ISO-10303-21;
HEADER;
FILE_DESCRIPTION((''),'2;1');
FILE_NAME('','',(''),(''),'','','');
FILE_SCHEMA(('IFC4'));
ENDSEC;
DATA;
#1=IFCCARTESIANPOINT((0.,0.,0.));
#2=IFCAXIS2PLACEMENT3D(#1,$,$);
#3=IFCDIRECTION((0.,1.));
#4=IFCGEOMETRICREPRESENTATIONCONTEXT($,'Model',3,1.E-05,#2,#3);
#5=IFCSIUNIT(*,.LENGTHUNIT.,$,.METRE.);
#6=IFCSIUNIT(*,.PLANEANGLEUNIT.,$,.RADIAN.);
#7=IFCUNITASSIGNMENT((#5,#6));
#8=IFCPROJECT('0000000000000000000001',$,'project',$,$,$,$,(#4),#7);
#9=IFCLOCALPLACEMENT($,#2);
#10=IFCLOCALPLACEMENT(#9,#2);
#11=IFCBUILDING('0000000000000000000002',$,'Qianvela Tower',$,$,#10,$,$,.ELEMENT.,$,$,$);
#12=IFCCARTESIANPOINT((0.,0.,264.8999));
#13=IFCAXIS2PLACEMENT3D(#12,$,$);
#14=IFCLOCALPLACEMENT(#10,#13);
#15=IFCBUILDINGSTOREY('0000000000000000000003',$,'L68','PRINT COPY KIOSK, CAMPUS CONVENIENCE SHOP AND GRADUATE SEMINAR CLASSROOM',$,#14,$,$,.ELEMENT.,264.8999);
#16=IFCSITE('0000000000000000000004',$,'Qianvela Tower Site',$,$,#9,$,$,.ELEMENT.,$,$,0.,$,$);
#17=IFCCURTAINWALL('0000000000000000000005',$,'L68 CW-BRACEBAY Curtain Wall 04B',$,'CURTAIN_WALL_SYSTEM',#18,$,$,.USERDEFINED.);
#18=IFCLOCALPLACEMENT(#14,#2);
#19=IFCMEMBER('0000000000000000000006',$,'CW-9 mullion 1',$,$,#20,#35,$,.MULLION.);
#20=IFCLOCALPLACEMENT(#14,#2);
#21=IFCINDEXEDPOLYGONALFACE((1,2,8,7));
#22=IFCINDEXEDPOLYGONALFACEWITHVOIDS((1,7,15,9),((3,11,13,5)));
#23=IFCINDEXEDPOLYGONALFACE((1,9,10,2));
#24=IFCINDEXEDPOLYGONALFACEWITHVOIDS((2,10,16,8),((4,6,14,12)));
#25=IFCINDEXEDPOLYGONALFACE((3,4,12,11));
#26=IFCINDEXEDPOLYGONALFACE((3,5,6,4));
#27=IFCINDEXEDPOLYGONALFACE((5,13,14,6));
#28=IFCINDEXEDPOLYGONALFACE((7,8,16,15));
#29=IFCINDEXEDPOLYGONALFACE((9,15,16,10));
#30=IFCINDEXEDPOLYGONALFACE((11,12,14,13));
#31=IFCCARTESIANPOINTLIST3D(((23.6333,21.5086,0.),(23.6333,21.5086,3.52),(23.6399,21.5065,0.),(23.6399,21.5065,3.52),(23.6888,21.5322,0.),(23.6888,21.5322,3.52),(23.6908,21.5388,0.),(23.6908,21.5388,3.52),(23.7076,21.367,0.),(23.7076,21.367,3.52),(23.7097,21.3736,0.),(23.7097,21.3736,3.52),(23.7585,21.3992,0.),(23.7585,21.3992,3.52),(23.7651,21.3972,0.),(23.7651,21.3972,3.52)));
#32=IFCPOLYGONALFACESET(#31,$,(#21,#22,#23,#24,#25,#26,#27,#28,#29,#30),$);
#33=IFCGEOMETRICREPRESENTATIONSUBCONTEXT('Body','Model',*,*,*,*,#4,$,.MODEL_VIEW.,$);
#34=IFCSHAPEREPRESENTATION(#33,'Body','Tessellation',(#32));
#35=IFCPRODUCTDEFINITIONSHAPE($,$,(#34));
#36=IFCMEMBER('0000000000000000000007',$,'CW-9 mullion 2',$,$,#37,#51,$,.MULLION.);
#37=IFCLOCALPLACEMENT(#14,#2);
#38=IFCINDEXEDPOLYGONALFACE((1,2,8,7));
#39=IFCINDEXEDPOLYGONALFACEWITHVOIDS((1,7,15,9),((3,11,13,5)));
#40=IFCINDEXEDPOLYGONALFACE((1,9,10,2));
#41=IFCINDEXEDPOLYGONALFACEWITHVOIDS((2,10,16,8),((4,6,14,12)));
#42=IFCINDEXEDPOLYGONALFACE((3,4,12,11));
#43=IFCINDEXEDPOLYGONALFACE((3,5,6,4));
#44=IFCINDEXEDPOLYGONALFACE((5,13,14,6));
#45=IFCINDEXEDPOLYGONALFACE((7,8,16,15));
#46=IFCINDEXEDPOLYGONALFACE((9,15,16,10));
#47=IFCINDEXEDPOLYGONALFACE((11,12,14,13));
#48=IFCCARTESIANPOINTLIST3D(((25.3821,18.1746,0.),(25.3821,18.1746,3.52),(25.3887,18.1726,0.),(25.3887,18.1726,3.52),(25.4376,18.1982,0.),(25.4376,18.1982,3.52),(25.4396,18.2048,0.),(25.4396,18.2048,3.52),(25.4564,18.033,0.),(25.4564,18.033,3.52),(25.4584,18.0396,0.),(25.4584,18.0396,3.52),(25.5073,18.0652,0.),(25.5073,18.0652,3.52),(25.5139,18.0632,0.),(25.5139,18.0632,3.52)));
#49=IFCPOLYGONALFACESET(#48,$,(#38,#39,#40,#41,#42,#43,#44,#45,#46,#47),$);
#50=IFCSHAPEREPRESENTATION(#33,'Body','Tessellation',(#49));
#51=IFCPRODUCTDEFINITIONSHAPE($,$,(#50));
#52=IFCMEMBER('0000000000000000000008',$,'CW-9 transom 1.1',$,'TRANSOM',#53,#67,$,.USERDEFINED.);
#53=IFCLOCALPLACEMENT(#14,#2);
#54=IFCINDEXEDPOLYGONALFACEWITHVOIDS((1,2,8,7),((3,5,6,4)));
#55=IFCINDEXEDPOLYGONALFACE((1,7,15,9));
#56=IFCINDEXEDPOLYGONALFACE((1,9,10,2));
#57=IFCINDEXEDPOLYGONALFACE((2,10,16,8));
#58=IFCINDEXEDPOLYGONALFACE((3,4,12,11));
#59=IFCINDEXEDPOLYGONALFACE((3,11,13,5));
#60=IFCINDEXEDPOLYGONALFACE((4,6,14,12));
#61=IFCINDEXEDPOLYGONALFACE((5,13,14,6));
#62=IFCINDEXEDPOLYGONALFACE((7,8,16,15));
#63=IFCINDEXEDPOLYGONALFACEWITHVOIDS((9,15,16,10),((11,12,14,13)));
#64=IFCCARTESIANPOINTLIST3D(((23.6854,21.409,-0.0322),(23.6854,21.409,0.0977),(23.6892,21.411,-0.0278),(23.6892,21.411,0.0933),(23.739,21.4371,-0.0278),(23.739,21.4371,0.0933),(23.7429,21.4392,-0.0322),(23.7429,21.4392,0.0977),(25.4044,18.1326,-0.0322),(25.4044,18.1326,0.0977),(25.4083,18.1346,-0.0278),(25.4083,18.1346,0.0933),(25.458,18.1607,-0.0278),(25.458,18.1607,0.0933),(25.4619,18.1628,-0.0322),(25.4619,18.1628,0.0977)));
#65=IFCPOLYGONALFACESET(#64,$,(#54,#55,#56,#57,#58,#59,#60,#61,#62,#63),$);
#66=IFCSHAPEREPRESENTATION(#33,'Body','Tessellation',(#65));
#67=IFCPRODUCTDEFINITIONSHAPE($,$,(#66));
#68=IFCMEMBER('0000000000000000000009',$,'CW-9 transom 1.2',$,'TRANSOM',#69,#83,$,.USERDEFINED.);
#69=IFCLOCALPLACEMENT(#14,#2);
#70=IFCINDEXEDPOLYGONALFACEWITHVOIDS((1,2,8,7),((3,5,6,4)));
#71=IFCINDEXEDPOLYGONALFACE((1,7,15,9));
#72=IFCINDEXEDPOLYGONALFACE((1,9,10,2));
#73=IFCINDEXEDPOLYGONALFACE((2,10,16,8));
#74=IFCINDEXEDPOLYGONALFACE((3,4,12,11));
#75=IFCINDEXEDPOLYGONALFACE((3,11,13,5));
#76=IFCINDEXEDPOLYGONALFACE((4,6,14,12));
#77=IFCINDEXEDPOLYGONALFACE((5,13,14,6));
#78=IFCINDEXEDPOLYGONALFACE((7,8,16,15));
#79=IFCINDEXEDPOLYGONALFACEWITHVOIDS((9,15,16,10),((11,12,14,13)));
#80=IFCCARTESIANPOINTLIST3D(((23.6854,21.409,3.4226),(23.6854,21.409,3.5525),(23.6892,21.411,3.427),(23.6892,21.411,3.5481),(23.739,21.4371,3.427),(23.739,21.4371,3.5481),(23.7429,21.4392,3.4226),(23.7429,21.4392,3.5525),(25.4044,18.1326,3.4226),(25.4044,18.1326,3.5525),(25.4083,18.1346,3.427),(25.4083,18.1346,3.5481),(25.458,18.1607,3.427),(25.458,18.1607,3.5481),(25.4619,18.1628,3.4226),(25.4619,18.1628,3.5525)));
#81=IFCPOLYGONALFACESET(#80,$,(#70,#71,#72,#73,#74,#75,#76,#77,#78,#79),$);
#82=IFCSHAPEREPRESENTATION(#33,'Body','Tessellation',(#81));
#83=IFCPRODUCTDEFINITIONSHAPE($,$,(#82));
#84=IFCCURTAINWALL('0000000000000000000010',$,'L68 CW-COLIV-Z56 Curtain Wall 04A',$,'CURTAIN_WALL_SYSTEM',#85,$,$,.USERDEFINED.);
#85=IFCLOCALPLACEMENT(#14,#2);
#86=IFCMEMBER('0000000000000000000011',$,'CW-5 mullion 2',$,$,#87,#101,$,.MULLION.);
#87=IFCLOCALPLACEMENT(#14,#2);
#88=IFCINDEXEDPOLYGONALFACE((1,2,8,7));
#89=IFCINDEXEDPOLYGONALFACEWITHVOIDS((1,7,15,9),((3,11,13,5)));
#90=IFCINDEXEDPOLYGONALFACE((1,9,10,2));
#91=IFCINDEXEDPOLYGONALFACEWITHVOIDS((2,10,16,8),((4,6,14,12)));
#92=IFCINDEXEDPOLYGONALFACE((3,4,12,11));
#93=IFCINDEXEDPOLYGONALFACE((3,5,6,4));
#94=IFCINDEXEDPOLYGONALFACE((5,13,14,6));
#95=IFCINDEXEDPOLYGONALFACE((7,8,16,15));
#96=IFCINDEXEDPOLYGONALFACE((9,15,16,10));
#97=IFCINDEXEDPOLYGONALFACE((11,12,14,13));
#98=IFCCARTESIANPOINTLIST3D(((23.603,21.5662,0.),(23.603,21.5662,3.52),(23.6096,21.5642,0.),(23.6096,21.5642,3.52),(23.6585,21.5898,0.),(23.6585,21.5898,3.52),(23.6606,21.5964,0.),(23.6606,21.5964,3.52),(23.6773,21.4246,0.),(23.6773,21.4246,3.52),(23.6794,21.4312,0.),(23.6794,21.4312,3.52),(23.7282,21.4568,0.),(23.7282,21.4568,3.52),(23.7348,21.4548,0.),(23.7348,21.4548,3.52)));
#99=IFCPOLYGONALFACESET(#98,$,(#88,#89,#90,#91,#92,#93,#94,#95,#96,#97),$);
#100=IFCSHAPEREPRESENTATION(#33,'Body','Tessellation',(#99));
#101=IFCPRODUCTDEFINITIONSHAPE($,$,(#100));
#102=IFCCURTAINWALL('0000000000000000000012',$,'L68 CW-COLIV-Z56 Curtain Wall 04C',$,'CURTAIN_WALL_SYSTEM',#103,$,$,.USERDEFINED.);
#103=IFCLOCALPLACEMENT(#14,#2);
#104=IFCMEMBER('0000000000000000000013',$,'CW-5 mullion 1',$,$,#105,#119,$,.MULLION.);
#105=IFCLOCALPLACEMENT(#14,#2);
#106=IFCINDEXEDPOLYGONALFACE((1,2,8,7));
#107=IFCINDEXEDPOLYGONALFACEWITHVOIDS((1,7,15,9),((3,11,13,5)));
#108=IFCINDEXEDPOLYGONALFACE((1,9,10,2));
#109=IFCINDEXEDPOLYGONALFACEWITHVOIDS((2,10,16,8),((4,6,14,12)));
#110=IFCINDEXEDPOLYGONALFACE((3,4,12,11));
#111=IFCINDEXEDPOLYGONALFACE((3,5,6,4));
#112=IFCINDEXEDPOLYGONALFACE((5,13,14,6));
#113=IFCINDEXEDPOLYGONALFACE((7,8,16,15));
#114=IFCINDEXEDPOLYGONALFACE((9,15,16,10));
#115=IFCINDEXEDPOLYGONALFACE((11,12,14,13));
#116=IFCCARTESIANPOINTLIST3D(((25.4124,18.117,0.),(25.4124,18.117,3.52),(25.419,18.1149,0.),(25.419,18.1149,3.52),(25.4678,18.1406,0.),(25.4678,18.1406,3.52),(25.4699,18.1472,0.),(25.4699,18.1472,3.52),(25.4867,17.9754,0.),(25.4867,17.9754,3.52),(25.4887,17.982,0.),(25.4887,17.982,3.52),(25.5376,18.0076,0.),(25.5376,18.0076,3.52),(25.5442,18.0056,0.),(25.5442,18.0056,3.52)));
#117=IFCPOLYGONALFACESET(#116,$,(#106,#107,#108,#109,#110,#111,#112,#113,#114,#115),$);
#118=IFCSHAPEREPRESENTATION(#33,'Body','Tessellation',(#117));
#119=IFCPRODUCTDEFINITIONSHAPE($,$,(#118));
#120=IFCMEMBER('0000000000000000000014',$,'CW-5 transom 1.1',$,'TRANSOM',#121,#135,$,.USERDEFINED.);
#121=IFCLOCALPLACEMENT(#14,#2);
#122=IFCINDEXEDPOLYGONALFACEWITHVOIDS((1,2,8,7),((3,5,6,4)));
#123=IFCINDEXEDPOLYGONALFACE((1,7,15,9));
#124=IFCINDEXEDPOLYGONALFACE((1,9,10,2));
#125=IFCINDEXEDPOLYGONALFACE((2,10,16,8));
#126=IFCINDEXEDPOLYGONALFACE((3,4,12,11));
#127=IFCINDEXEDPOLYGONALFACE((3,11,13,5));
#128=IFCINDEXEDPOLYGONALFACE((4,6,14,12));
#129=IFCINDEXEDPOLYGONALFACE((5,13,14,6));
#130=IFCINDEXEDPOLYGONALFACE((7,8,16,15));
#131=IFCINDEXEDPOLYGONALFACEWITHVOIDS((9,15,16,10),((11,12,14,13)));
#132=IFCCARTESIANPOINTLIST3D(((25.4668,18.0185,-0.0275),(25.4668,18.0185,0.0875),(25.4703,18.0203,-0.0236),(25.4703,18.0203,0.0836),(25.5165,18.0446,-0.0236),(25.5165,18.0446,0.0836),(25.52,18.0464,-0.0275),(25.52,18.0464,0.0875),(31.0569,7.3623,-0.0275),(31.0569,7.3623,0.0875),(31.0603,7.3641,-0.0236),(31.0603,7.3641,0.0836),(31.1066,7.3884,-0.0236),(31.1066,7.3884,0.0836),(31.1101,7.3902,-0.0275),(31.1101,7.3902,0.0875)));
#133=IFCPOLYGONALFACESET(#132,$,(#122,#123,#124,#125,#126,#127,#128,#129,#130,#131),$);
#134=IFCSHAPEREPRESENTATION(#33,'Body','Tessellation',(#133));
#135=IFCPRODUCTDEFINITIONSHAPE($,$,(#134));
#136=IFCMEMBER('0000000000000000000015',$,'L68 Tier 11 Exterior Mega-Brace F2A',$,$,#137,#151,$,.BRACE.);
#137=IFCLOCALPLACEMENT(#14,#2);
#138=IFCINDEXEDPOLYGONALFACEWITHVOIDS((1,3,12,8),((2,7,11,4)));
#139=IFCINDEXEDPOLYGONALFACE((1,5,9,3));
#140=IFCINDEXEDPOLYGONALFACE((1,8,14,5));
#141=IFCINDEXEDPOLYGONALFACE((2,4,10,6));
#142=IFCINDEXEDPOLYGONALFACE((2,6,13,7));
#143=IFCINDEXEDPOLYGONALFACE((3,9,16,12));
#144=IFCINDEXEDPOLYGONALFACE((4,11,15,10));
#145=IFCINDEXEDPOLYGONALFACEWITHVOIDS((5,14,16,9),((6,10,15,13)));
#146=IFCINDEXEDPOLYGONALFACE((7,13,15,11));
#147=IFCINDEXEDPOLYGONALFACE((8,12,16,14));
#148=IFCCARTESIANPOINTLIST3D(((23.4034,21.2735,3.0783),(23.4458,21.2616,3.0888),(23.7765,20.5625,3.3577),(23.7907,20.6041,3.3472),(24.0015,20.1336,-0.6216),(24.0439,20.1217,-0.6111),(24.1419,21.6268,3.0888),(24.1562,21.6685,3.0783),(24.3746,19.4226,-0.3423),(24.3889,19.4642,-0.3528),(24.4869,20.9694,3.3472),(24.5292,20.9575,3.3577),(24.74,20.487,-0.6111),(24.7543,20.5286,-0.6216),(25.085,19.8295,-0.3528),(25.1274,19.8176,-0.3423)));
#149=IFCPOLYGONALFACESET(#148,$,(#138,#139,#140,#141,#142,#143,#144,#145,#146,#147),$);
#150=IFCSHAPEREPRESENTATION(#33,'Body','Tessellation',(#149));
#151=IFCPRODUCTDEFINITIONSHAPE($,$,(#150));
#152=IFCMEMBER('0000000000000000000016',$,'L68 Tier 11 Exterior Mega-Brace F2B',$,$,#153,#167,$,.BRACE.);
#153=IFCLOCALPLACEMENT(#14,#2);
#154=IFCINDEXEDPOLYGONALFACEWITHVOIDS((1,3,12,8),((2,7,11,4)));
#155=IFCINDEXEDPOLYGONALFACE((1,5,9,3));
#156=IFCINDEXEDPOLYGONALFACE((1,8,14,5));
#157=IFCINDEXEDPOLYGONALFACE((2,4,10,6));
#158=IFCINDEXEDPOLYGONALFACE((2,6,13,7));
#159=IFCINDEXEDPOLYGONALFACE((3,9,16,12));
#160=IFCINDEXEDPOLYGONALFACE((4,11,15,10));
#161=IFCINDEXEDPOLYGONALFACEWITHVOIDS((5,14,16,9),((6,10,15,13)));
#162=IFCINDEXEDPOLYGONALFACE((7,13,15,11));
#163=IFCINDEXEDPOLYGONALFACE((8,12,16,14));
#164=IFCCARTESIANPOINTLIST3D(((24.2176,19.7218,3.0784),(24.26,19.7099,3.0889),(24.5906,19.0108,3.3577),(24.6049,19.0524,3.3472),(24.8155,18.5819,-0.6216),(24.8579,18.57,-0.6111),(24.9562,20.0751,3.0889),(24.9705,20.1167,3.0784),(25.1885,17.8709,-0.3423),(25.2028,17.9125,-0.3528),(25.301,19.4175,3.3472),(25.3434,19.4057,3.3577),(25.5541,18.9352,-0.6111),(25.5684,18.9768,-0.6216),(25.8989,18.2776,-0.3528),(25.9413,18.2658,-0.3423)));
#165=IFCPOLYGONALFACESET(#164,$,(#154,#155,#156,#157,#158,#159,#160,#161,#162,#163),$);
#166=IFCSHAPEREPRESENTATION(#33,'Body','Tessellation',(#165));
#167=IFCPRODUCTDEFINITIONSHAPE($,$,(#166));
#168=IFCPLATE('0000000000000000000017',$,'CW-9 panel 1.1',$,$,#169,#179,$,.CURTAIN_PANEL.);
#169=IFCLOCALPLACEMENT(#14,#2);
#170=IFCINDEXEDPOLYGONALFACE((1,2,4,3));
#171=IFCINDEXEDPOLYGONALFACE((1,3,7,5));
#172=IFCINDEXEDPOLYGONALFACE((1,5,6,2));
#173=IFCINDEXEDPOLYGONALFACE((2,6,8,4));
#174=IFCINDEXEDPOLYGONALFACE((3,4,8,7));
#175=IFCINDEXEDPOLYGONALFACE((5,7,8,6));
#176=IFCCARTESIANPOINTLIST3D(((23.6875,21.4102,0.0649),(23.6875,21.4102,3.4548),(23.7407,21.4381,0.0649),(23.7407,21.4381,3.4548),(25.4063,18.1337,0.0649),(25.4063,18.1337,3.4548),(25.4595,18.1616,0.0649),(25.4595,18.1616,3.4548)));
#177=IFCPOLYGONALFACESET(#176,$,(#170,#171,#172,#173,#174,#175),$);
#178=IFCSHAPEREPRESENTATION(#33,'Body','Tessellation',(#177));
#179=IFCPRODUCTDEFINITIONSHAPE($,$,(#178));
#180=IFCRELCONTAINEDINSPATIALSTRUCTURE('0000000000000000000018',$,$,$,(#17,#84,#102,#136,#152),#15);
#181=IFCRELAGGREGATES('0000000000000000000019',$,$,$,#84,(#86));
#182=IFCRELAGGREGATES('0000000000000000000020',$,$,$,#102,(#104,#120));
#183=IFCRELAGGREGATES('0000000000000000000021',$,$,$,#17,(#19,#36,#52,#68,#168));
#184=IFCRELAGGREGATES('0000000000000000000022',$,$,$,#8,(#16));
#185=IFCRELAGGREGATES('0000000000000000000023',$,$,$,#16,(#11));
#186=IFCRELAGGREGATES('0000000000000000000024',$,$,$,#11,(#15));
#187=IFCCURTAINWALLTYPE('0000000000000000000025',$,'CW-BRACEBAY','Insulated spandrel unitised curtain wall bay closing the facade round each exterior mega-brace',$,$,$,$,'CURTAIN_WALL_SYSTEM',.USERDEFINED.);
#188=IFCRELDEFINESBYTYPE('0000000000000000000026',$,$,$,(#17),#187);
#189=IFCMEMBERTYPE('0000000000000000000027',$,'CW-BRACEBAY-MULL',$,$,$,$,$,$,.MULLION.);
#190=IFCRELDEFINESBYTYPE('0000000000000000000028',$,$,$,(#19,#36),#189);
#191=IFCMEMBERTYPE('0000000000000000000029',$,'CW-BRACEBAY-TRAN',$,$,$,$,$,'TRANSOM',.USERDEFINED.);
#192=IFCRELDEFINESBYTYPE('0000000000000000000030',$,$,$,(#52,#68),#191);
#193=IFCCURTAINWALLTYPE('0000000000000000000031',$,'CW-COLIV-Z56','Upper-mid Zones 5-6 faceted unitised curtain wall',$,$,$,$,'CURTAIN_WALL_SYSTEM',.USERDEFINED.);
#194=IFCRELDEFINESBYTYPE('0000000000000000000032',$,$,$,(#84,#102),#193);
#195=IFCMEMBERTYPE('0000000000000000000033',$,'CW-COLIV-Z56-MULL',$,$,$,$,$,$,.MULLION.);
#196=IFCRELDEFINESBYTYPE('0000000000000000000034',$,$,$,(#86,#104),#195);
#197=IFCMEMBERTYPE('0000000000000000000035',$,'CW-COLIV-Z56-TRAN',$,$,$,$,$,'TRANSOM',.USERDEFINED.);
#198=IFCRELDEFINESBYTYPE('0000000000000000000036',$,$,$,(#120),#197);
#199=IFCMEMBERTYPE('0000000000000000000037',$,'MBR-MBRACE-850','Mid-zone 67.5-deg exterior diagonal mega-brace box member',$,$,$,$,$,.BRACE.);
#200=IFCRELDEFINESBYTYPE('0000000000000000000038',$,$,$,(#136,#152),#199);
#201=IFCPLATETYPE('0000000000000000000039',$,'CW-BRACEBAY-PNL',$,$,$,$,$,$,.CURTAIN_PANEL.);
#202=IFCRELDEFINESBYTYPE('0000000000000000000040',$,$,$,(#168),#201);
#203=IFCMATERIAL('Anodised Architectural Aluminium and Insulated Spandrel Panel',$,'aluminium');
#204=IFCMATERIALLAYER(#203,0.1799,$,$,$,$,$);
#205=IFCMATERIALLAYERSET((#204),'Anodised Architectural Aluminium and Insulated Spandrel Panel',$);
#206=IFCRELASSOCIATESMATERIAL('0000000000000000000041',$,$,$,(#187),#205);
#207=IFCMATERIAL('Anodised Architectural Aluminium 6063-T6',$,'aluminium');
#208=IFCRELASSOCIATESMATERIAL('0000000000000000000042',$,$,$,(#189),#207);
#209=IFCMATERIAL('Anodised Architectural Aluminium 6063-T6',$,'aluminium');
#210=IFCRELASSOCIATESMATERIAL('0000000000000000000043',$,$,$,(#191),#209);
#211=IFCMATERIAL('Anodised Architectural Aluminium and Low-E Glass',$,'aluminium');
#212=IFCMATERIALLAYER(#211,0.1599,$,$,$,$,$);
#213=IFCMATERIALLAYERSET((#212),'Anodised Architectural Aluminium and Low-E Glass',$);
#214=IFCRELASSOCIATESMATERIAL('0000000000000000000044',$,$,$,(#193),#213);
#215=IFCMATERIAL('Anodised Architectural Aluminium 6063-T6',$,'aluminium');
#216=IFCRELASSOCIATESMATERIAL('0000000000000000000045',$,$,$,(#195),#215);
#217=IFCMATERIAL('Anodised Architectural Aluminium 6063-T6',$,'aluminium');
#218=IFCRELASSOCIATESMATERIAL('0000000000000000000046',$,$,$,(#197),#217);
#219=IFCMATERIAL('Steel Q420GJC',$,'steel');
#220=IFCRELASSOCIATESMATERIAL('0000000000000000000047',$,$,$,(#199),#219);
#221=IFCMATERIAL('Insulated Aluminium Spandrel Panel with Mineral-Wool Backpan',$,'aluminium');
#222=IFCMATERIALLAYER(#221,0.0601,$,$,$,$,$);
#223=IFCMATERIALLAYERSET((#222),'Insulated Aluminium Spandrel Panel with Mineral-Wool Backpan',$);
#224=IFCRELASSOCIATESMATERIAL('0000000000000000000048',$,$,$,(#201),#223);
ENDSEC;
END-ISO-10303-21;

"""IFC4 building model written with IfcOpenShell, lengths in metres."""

from ifc_helpers import new_model, si_unit, direction, frame, origin, origin_2d, place, context, subcontext, project, spatial, rectangle, hollow_rectangle, extrude, material, layer, layer_set, material_profile, profile_set, type_object, element, aggregate, save


model = new_model("IFC4")

# Units and contexts
model_context = context("Model", 3, precision=1e-05, world=origin(), true_north=direction((0.0, 1.0)))
body_context = subcontext(model_context, "Body", "Model", "MODEL_VIEW")
ifc_project = project(units=[si_unit("LENGTHUNIT", "METRE"), si_unit("PLANEANGLEUNIT", "RADIAN")], contexts=[model_context])

# Site, building, storey
site_placement = place(None, origin())
site = spatial("IfcSite", under=ifc_project, at=site_placement, Name="Qianvela Tower Site", CompositionType="ELEMENT", RefElevation=0.0)
building_placement = place(site_placement, origin())
building = spatial("IfcBuilding", under=site, at=building_placement, Name="Qianvela Tower", CompositionType="ELEMENT")
storey_placement = place(building_placement, frame((0.0, 0.0, 264.8999)))
storey = spatial("IfcBuildingStorey", under=building, at=storey_placement, Name="L68", Description="PRINT COPY KIOSK, CAMPUS CONVENIENCE SHOP AND GRADUATE SEMINAR CLASSROOM", CompositionType="ELEMENT", Elevation=264.8999)

# Curtain wall, members
ifc_material_1 = material(Name="Anodised Architectural Aluminium and Insulated Spandrel Panel", Category="aluminium")
ifc_layer_1 = layer(ifc_material_1, 0.1799)
ifc_layer_set_1 = layer_set([ifc_layer_1], Name="Anodised Architectural Aluminium and Insulated Spandrel Panel")
curtain_wall_type_1 = type_object("IfcCurtainWallType", Name="CW-BRACEBAY", Description="Insulated spandrel unitised curtain wall bay closing the facade round each exterior mega-brace", ElementType="CURTAIN_WALL_SYSTEM", PredefinedType="USERDEFINED", material=ifc_layer_set_1)
curtain_wall_1_placement = place(storey_placement, origin())
curtain_wall_1 = element("IfcCurtainWall", 1, at=curtain_wall_1_placement, inside=storey, type_object=curtain_wall_type_1, Name="L68 CW-BRACEBAY Curtain Wall 04B", ObjectType="CURTAIN_WALL_SYSTEM", PredefinedType="USERDEFINED")
ifc_material_2 = material(Name="Anodised Architectural Aluminium 6063-T6", Category="aluminium")
ifc_material_profile_1 = material_profile(ifc_material_2, hollow_rectangle(XDim=0.0649, YDim=0.1599, WallThickness=0.0049, at=origin_2d()), Name="ALU-MULL-65x160")
ifc_profile_set_1 = profile_set([ifc_material_profile_1], Name="Anodised Architectural Aluminium 6063-T6")
member_type_1 = type_object("IfcMemberType", Name="CW-BRACEBAY-MULL", PredefinedType="MULLION", material=ifc_profile_set_1)
member_1_placement = place(storey_placement, frame((23.6992, 21.4529, 0.0), z_axis=(0.0, 0.0, 1.0), x_axis=(0.885547, 0.464549, 0.0)))
member_1 = element("IfcMember", 2, at=member_1_placement, type_object=member_type_1, Name="CW-9 mullion 1", PredefinedType="MULLION", context=body_context, shape_type="SweptSolid", body=[
    extrude(hollow_rectangle(XDim=0.0649, YDim=0.1599, WallThickness=0.0049, at=origin_2d()), origin(), (0.0, 0.0, 1.0), 3.52),
])
member_2_placement = place(storey_placement, frame((25.448, 18.1189, 0.0), z_axis=(0.0, 0.0, 1.0), x_axis=(0.885547, 0.464549, 0.0)))
member_2 = element("IfcMember", 3, at=member_2_placement, type_object=member_type_1, Name="CW-9 mullion 2", PredefinedType="MULLION", context=body_context, shape_type="SweptSolid", body=[
    extrude(hollow_rectangle(XDim=0.0649, YDim=0.1599, WallThickness=0.0049, at=origin_2d()), origin(), (0.0, 0.0, 1.0), 3.52),
])
ifc_material_3 = material(Name="Anodised Architectural Aluminium 6063-T6", Category="aluminium")
ifc_material_profile_2 = material_profile(ifc_material_3, hollow_rectangle(XDim=0.0649, YDim=0.1299, WallThickness=0.0044, at=origin_2d()), Name="ALU-TRAN-65x130")
ifc_profile_set_2 = profile_set([ifc_material_profile_2], Name="Anodised Architectural Aluminium 6063-T6")
member_type_2 = type_object("IfcMemberType", Name="CW-BRACEBAY-TRAN", ElementType="TRANSOM", PredefinedType="USERDEFINED", material=ifc_profile_set_2)
member_3_placement = place(storey_placement, frame((23.7141, 21.4241, 0.0327), z_axis=(0.464601, -0.88552, 0.0), x_axis=(0.88552, 0.464601, 0.0)))
member_3 = element("IfcMember", 4, at=member_3_placement, type_object=member_type_2, Name="CW-9 transom 1.1", ObjectType="TRANSOM", PredefinedType="USERDEFINED", context=body_context, shape_type="SweptSolid", body=[
    extrude(hollow_rectangle(XDim=0.0649, YDim=0.1299, WallThickness=0.0044, at=origin_2d()), origin(), (0.0, 0.0, 1.0), 3.7),
])
member_4_placement = place(storey_placement, frame((23.7141, 21.4241, 3.4875), z_axis=(0.464601, -0.88552, 0.0), x_axis=(0.88552, 0.464601, 0.0)))
member_4 = element("IfcMember", 5, at=member_4_placement, type_object=member_type_2, Name="CW-9 transom 1.2", ObjectType="TRANSOM", PredefinedType="USERDEFINED", context=body_context, shape_type="SweptSolid", body=[
    extrude(hollow_rectangle(XDim=0.0649, YDim=0.1299, WallThickness=0.0044, at=origin_2d()), origin(), (0.0, 0.0, 1.0), 3.7),
])

# Curtain wall, member
ifc_material_4 = material(Name="Anodised Architectural Aluminium and Low-E Glass", Category="aluminium")
ifc_layer_2 = layer(ifc_material_4, 0.1599)
ifc_layer_set_2 = layer_set([ifc_layer_2], Name="Anodised Architectural Aluminium and Low-E Glass")
curtain_wall_type_2 = type_object("IfcCurtainWallType", Name="CW-COLIV-Z56", Description="Upper-mid Zones 5-6 faceted unitised curtain wall", ElementType="CURTAIN_WALL_SYSTEM", PredefinedType="USERDEFINED", material=ifc_layer_set_2)
curtain_wall_2_placement = place(storey_placement, origin())
curtain_wall_2 = element("IfcCurtainWall", 6, at=curtain_wall_2_placement, inside=storey, type_object=curtain_wall_type_2, Name="L68 CW-COLIV-Z56 Curtain Wall 04A", ObjectType="CURTAIN_WALL_SYSTEM", PredefinedType="USERDEFINED")
ifc_material_5 = material(Name="Anodised Architectural Aluminium 6063-T6", Category="aluminium")
ifc_material_profile_3 = material_profile(ifc_material_5, hollow_rectangle(XDim=0.0649, YDim=0.1599, WallThickness=0.0049, at=origin_2d()), Name="ALU-MULL-65x160")
ifc_profile_set_3 = profile_set([ifc_material_profile_3], Name="Anodised Architectural Aluminium 6063-T6")
member_type_3 = type_object("IfcMemberType", Name="CW-COLIV-Z56-MULL", PredefinedType="MULLION", material=ifc_profile_set_3)
member_5_placement = place(storey_placement, frame((23.6689, 21.5105, 0.0), z_axis=(0.0, 0.0, 1.0), x_axis=(0.885555, 0.464534, 0.0)))
member_5 = element("IfcMember", 7, at=member_5_placement, type_object=member_type_3, Name="CW-5 mullion 2", PredefinedType="MULLION", context=body_context, shape_type="SweptSolid", body=[
    extrude(hollow_rectangle(XDim=0.0649, YDim=0.1599, WallThickness=0.0049, at=origin_2d()), origin(), (0.0, 0.0, 1.0), 3.52),
])
aggregate(curtain_wall_2, [member_5])

# Curtain wall, members
curtain_wall_3_placement = place(storey_placement, origin())
curtain_wall_3 = element("IfcCurtainWall", 8, at=curtain_wall_3_placement, inside=storey, type_object=curtain_wall_type_2, Name="L68 CW-COLIV-Z56 Curtain Wall 04C", ObjectType="CURTAIN_WALL_SYSTEM", PredefinedType="USERDEFINED")
member_6_placement = place(storey_placement, frame((25.4783, 18.0613, 0.0), z_axis=(0.0, 0.0, 1.0), x_axis=(0.885555, 0.464535, 0.0)))
member_6 = element("IfcMember", 9, at=member_6_placement, type_object=member_type_3, Name="CW-5 mullion 1", PredefinedType="MULLION", context=body_context, shape_type="SweptSolid", body=[
    extrude(hollow_rectangle(XDim=0.0649, YDim=0.1599, WallThickness=0.0049, at=origin_2d()), origin(), (0.0, 0.0, 1.0), 3.52),
])
ifc_material_6 = material(Name="Anodised Architectural Aluminium 6063-T6", Category="aluminium")
ifc_material_profile_4 = material_profile(ifc_material_6, hollow_rectangle(XDim=0.0601, YDim=0.115, WallThickness=0.0039, at=origin_2d()), Name="ALU-TRAN-60x115")
ifc_profile_set_4 = profile_set([ifc_material_profile_4], Name="Anodised Architectural Aluminium 6063-T6")
member_type_4 = type_object("IfcMemberType", Name="CW-COLIV-Z56-TRAN", ElementType="TRANSOM", PredefinedType="USERDEFINED", material=ifc_profile_set_4)
member_7_placement = place(storey_placement, frame((25.4934, 18.0325, 0.03), z_axis=(0.464544, -0.88555, 0.0), x_axis=(0.88555, 0.464544, 0.0)))
member_7 = element("IfcMember", 10, at=member_7_placement, type_object=member_type_4, Name="CW-5 transom 1.1", ObjectType="TRANSOM", PredefinedType="USERDEFINED", context=body_context, shape_type="SweptSolid", body=[
    extrude(hollow_rectangle(XDim=0.0601, YDim=0.115, WallThickness=0.0039, at=origin_2d()), origin(), (0.0, 0.0, 1.0), 12.0334),
])
aggregate(curtain_wall_3, [member_6, member_7])

# Members
ifc_material_7 = material(Name="Steel Q420GJC", Category="steel")
ifc_material_profile_5 = material_profile(ifc_material_7, hollow_rectangle(XDim=0.8501, YDim=0.8501, WallThickness=0.032, at=origin_2d()), Name="MBOX-850x850x32")
ifc_profile_set_5 = profile_set([ifc_material_profile_5], Name="Steel Q420GJC")
member_type_5 = type_object("IfcMemberType", Name="MBR-MBRACE-850", Description="Mid-zone 67.5-deg exterior diagonal mega-brace box member", PredefinedType="BRACE", material=ifc_profile_set_5)
for number, where, z_axis, x_axis, name in (
    (11, (24.5645, 19.9756, -0.4819), (-0.152685, 0.290975, 0.944469), (-0.885494, -0.464652, 0.0), "L68 Tier 11 Exterior Mega-Brace F2A"),
    (12, (25.3784, 18.4238, -0.4819), (-0.152625, 0.290978, 0.944478), (-0.885572, -0.464503, 0.0), "L68 Tier 11 Exterior Mega-Brace F2B"),
):
    element("IfcMember", number, at=place(storey_placement, frame(where, z_axis=z_axis, x_axis=x_axis)), inside=storey, type_object=member_type_5, Name=name, PredefinedType="BRACE", context=body_context, shape_type="SweptSolid", body=[
        extrude(hollow_rectangle(XDim=0.8501, YDim=0.8501, WallThickness=0.032, at=origin_2d()), origin(), (0.0, 0.0, 1.0), 3.9175),
    ])

# Plate
ifc_material_8 = material(Name="Insulated Aluminium Spandrel Panel with Mineral-Wool Backpan", Category="aluminium")
ifc_layer_3 = layer(ifc_material_8, 0.0601)
ifc_layer_set_3 = layer_set([ifc_layer_3], Name="Insulated Aluminium Spandrel Panel with Mineral-Wool Backpan")
plate_type_1 = type_object("IfcPlateType", Name="CW-BRACEBAY-PNL", PredefinedType="CURTAIN_PANEL", material=ifc_layer_set_3)
plate_placement = place(storey_placement, frame((24.5735, 19.7859, 0.0649), z_axis=(0.0, 0.0, 1.0), x_axis=(0.464549, -0.885547, 0.0)))
plate = element("IfcPlate", 13, at=plate_placement, type_object=plate_type_1, Name="CW-9 panel 1.1", PredefinedType="CURTAIN_PANEL", context=body_context, shape_type="SweptSolid", body=[
    extrude(rectangle(XDim=3.7, YDim=0.0601, at=origin_2d()), origin(), (0.0, 0.0, 1.0), 3.3899),
])
aggregate(curtain_wall_1, [member_1, member_2, member_3, member_4, plate])

save(model, "model.ifc")
